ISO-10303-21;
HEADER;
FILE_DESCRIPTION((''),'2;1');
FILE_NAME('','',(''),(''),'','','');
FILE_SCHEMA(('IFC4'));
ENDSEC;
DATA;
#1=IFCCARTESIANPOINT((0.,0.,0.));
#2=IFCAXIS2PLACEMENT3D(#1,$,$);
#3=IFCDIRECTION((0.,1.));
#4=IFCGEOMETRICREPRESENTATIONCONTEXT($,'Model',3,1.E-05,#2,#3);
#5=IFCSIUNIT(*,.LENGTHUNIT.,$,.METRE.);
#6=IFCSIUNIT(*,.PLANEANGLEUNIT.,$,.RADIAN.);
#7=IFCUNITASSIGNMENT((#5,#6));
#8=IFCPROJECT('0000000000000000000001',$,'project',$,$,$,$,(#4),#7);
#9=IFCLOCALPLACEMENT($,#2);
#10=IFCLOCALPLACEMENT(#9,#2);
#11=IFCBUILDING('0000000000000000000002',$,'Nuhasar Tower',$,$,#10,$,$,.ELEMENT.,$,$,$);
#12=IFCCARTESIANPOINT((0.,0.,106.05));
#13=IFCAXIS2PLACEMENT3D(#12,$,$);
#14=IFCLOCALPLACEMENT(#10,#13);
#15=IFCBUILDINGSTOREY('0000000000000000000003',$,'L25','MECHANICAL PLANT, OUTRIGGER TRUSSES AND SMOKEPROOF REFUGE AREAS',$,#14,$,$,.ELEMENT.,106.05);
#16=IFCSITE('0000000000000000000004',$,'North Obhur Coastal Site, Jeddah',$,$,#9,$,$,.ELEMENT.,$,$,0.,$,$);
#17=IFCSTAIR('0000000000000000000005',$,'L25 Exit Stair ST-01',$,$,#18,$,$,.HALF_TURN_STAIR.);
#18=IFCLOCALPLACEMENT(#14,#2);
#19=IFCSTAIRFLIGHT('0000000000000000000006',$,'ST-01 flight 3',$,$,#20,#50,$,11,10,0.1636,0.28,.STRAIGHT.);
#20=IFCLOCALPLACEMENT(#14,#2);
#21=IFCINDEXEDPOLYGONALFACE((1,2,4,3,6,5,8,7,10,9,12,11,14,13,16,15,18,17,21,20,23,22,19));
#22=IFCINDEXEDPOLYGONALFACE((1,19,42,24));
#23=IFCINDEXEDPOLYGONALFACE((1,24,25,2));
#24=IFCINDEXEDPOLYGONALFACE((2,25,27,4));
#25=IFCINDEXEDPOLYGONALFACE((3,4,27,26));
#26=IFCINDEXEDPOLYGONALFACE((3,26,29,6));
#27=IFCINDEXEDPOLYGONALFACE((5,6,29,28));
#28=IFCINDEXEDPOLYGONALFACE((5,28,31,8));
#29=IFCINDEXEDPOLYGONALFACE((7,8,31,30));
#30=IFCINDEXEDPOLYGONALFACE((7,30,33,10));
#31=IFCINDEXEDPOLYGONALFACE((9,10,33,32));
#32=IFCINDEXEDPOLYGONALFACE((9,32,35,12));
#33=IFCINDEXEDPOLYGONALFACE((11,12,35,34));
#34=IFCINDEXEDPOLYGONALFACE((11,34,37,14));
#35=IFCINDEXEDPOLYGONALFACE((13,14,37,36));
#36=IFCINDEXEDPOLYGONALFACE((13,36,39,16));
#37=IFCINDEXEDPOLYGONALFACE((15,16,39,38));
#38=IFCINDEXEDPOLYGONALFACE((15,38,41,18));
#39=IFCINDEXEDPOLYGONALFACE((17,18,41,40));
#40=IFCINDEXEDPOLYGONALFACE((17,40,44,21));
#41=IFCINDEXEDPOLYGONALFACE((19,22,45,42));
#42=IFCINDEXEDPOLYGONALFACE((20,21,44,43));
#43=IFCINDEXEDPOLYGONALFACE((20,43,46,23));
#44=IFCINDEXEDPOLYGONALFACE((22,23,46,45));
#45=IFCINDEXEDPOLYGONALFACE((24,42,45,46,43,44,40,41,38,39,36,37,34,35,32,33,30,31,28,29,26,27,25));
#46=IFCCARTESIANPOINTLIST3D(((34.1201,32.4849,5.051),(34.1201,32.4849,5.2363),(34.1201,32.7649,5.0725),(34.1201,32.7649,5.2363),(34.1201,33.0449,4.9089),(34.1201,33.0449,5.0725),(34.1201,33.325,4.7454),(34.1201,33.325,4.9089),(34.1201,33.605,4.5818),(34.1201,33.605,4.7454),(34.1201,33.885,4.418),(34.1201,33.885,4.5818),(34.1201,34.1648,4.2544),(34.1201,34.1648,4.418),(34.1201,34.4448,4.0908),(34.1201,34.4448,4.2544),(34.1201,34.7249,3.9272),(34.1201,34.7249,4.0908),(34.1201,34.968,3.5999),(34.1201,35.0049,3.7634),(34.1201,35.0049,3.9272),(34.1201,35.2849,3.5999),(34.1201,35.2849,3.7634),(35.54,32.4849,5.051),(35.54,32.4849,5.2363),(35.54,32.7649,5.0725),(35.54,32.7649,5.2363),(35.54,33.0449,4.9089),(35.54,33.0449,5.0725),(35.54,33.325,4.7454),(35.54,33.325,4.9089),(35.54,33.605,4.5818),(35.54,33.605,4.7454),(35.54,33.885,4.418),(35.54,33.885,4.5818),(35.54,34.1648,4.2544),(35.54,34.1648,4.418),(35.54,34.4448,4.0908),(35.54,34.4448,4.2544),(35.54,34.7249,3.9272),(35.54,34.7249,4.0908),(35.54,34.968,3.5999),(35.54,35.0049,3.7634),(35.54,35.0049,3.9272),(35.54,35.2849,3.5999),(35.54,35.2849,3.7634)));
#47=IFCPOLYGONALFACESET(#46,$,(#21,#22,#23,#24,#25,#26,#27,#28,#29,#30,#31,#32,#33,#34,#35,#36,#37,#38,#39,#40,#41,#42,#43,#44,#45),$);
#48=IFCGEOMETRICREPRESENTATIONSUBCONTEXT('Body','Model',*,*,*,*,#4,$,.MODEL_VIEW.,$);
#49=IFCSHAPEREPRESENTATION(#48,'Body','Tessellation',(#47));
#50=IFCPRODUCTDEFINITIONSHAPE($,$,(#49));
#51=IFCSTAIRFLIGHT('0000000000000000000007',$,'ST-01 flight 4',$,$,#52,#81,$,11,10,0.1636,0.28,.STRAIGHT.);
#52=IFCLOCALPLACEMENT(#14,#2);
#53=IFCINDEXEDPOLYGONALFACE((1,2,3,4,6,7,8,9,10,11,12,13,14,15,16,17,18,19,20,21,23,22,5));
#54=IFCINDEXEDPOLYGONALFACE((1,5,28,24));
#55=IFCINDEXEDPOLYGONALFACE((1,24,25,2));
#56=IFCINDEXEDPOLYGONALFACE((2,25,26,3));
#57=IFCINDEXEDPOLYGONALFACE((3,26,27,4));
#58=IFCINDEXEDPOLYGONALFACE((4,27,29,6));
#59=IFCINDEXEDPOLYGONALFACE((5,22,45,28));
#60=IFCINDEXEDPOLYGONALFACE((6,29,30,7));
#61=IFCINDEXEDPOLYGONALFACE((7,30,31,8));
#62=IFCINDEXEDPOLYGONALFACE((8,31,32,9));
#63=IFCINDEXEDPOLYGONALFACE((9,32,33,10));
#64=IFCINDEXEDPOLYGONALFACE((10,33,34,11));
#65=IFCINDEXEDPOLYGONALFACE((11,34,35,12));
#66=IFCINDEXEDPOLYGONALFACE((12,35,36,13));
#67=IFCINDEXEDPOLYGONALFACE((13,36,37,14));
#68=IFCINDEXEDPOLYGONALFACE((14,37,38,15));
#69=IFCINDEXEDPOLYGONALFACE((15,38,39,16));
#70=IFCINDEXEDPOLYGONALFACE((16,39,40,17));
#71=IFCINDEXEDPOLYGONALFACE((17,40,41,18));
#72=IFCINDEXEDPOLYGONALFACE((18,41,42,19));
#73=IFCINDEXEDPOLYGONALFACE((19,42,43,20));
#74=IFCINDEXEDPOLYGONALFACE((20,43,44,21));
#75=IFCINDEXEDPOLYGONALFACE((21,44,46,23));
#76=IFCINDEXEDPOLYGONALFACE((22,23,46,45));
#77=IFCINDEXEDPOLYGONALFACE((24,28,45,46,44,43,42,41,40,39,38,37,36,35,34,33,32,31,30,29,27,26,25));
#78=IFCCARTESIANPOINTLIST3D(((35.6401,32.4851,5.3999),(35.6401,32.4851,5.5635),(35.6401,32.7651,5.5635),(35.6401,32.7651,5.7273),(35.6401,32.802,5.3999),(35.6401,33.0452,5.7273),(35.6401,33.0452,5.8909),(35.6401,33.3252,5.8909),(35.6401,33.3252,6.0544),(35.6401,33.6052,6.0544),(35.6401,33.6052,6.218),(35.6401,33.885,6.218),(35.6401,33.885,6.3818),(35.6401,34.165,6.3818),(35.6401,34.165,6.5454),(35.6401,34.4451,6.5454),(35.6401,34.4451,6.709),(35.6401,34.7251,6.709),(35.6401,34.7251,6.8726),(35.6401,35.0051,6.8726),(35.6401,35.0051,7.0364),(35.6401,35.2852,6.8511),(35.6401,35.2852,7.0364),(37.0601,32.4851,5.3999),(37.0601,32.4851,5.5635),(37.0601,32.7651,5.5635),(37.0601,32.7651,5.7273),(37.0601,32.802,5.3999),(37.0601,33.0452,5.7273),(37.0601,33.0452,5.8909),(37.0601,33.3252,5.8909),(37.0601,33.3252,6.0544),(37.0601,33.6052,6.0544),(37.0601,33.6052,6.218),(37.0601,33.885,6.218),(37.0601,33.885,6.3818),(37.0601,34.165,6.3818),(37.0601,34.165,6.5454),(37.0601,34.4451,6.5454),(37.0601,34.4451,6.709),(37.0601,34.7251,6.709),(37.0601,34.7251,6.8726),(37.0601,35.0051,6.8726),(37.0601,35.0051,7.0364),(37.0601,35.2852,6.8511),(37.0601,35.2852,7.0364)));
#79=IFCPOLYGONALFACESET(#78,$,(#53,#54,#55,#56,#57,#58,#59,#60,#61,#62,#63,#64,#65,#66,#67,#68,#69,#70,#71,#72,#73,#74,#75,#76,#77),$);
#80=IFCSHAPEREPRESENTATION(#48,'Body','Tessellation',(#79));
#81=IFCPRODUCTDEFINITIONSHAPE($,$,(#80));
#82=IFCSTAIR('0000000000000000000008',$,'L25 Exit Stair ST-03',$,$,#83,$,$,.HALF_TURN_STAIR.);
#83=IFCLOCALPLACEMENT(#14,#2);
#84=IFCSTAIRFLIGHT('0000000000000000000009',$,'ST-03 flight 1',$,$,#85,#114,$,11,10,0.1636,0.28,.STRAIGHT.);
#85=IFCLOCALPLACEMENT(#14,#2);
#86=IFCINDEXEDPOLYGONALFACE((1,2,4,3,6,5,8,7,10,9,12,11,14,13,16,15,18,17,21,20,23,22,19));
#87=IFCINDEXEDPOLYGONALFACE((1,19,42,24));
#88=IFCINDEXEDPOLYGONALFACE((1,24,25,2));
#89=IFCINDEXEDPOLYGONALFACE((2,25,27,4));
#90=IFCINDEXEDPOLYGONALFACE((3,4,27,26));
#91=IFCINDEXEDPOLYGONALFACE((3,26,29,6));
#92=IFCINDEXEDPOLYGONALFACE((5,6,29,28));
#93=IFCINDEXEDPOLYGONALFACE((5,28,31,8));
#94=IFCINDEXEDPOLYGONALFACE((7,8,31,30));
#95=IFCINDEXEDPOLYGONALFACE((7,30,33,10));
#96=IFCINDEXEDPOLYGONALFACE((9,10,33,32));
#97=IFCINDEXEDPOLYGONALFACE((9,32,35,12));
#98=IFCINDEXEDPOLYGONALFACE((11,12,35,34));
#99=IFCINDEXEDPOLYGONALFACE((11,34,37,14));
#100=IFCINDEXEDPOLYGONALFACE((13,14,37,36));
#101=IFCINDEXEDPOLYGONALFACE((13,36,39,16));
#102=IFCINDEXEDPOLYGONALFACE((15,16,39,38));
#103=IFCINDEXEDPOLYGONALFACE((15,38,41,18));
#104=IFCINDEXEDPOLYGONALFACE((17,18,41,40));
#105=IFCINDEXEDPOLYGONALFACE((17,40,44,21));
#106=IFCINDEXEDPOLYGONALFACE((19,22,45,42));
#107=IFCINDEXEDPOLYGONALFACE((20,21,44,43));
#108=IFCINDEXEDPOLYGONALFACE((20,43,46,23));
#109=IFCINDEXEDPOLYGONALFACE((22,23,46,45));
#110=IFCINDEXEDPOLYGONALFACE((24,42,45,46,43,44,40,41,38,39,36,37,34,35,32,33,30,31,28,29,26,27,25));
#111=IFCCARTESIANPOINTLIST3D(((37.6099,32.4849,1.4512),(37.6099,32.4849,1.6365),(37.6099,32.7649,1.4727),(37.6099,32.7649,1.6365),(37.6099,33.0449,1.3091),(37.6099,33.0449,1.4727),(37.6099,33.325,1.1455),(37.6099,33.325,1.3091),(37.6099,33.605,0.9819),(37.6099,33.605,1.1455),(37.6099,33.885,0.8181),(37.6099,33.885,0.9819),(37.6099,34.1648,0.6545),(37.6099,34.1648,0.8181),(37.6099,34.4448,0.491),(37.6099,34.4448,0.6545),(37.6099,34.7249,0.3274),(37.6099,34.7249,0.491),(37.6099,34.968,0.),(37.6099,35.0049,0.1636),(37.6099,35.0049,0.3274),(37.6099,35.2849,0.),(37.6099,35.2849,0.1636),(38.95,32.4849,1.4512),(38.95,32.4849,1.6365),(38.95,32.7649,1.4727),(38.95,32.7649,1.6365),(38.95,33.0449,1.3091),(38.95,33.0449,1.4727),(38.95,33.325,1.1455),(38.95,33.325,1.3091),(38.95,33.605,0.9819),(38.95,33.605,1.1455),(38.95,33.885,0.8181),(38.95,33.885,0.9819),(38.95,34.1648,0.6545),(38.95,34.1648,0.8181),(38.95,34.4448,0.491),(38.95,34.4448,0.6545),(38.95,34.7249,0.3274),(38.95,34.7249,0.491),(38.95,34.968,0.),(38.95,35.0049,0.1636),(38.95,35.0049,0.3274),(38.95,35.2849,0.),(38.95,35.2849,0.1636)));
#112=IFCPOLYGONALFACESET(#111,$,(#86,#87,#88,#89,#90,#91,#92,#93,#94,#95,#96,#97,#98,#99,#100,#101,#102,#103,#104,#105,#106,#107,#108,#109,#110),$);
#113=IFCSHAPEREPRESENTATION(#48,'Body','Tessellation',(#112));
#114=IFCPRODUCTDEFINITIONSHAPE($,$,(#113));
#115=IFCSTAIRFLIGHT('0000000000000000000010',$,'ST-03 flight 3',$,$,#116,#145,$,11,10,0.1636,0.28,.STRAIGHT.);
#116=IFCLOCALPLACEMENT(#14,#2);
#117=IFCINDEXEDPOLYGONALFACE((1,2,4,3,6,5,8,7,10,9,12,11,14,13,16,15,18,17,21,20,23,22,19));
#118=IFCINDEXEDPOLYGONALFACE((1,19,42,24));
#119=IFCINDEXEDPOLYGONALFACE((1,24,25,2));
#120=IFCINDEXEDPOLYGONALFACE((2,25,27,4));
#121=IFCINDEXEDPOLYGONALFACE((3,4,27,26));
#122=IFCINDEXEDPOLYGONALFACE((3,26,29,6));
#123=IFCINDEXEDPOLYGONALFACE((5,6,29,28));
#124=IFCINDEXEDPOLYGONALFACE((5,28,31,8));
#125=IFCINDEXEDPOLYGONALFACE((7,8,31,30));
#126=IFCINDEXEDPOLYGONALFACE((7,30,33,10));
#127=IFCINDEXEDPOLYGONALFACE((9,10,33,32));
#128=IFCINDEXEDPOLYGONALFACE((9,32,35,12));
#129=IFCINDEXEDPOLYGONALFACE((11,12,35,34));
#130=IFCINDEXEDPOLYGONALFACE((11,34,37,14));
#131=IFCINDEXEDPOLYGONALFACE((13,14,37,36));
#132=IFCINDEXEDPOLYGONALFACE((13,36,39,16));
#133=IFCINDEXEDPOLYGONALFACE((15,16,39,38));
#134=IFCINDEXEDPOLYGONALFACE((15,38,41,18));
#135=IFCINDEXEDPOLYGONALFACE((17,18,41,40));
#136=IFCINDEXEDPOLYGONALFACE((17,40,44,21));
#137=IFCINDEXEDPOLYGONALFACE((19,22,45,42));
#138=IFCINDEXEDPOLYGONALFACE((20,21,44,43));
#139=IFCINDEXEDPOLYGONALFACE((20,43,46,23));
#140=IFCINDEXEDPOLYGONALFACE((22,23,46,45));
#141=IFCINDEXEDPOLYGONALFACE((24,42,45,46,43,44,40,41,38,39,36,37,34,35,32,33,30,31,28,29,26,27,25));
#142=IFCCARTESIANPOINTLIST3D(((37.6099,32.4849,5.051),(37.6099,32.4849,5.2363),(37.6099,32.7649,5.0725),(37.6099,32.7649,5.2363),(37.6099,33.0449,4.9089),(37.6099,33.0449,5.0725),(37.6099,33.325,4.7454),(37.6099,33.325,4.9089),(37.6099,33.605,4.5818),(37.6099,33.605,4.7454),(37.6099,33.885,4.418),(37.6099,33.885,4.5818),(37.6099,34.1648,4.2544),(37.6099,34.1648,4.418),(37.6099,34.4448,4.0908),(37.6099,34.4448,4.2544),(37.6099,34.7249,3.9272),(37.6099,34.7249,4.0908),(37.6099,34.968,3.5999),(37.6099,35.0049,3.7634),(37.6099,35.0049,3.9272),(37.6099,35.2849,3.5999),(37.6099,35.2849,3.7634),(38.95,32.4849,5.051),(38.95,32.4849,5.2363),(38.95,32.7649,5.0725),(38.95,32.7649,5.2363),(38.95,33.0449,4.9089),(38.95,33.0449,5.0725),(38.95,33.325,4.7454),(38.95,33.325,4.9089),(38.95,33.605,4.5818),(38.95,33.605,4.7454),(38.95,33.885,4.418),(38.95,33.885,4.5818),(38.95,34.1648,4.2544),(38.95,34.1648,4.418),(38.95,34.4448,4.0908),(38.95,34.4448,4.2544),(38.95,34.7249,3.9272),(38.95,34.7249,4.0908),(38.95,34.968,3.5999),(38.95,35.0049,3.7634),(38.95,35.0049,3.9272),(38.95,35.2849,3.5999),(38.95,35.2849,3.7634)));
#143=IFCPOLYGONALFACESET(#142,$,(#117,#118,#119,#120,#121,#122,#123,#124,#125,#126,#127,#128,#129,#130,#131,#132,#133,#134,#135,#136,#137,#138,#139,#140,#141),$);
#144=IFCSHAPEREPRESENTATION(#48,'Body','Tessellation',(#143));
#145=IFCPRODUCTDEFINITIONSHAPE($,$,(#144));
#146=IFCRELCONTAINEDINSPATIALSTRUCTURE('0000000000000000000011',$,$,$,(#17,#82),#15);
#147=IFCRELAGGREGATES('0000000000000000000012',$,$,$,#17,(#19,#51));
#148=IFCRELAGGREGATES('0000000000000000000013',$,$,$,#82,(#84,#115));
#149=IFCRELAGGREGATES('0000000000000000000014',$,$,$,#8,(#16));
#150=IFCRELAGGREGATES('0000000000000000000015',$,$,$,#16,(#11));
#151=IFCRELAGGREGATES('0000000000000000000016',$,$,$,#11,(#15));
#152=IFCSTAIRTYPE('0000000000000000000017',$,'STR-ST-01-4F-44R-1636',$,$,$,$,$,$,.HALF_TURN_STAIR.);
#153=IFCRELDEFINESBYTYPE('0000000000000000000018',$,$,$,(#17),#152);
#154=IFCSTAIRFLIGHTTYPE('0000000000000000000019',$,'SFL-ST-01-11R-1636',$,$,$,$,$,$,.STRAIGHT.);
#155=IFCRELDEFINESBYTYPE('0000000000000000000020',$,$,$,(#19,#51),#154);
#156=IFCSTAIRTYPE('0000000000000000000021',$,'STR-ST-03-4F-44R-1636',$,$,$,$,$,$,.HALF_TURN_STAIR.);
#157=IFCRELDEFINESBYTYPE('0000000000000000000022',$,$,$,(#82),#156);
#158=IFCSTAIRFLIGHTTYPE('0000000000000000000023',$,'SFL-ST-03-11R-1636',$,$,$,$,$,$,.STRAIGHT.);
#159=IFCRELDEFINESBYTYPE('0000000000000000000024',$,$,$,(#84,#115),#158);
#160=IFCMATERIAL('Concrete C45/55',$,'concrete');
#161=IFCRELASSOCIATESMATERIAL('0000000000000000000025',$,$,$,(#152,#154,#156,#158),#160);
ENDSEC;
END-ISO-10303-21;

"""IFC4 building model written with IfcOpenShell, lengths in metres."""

from ifc_helpers import new_model, si_unit, direction, frame, origin, place, context, subcontext, project, spatial, polyline, outline, extrude, material, type_object, element, aggregate, save


model = new_model("IFC4")

# Units and contexts
model_context = context("Model", 3, precision=1e-05, world=origin(), true_north=direction((0.0, 1.0)))
body_context = subcontext(model_context, "Body", "Model", "MODEL_VIEW")
ifc_project = project(units=[si_unit("LENGTHUNIT", "METRE"), si_unit("PLANEANGLEUNIT", "RADIAN")], contexts=[model_context])

# Site, building, storey
site_placement = place(None, origin())
site = spatial("IfcSite", under=ifc_project, at=site_placement, Name="North Obhur Coastal Site, Jeddah", CompositionType="ELEMENT", RefElevation=0.0)
building_placement = place(site_placement, origin())
building = spatial("IfcBuilding", under=site, at=building_placement, Name="Nuhasar Tower", CompositionType="ELEMENT")
storey_placement = place(building_placement, frame((0.0, 0.0, 106.05)))
storey = spatial("IfcBuildingStorey", under=building, at=storey_placement, Name="L25", Description="MECHANICAL PLANT, OUTRIGGER TRUSSES AND SMOKEPROOF REFUGE AREAS", CompositionType="ELEMENT", Elevation=106.05)

# Stairs, stair flights
ifc_material_1 = material(Name="Concrete C45/55", Category="concrete")
stair_type_1 = type_object("IfcStairType", Name="STR-ST-01-4F-44R-1636", PredefinedType="HALF_TURN_STAIR", material=ifc_material_1)
stair_1_placement = place(storey_placement, origin())
stair_1 = element("IfcStair", 1, at=stair_1_placement, inside=storey, type_object=stair_type_1, Name="L25 Exit Stair ST-01", PredefinedType="HALF_TURN_STAIR")
stair_flight_type_1 = type_object("IfcStairFlightType", Name="SFL-ST-01-11R-1636", PredefinedType="STRAIGHT", material=ifc_material_1)
stair_flight_1_placement = place(storey_placement, frame((34.8301, 35.2849, 3.5999), z_axis=(0.0, 0.0, 1.0), x_axis=(0.0, -1.0, 0.0)))
stair_flight_1 = element("IfcStairFlight", 2, at=stair_flight_1_placement, type_object=stair_flight_type_1, Name="ST-01 flight 3", NumberOfRisers=11, NumberOfTreads=10, PredefinedType="STRAIGHT", RiserHeight=0.1636, TreadLength=0.28, context=body_context, shape_type="SweptSolid", body=[
    extrude(outline(polyline([(0.0, 0.0), (0.0, 0.1636), (0.28, 0.1636), (0.28, 0.3274), (0.5601, 0.3274), (0.5601, 0.491), (0.8401, 0.491), (0.8401, 0.6545), (1.1201, 0.6545), (1.1201, 0.8181), (1.3999, 0.8181), (1.3999, 0.9819), (1.6799, 0.9819), (1.6799, 1.1455), (1.96, 1.1455), (1.96, 1.3091), (2.24, 1.3091), (2.24, 1.4727), (2.52, 1.4727), (2.52, 1.6365), (2.8, 1.6365), (2.8, 1.8), (2.8, 1.4512), (0.3169, 0.0), (0.0, 0.0)])), frame((0.0, 0.71, 0.0), z_axis=(0.0, -1.0, 0.0), x_axis=(1.0, 0.0, 0.0)), (0.0, 0.0, 1.0), 1.4199),
])
stair_flight_2_placement = place(storey_placement, frame((36.3501, 32.4851, 5.3999), z_axis=(0.0, 0.0, 1.0), x_axis=(0.0, 1.0, 0.0)))
stair_flight_2 = element("IfcStairFlight", 3, at=stair_flight_2_placement, type_object=stair_flight_type_1, Name="ST-01 flight 4", NumberOfRisers=11, NumberOfTreads=10, PredefinedType="STRAIGHT", RiserHeight=0.1636, TreadLength=0.28, context=body_context, shape_type="SweptSolid", body=[
    extrude(outline(polyline([(0.0, 0.0), (0.0, 0.1636), (0.28, 0.1636), (0.28, 0.3274), (0.5601, 0.3274), (0.5601, 0.491), (0.8401, 0.491), (0.8401, 0.6545), (1.1201, 0.6545), (1.1201, 0.8181), (1.3999, 0.8181), (1.3999, 0.9819), (1.6799, 0.9819), (1.6799, 1.1455), (1.96, 1.1455), (1.96, 1.3091), (2.24, 1.3091), (2.24, 1.4727), (2.52, 1.4727), (2.52, 1.6365), (2.8, 1.6365), (2.8, 1.8), (2.8, 1.4512), (0.3169, 0.0), (0.0, 0.0)])), frame((0.0, 0.71, 0.0), z_axis=(0.0, -1.0, 0.0), x_axis=(1.0, 0.0, 0.0)), (0.0, 0.0, 1.0), 1.4199),
])
aggregate(stair_1, [stair_flight_1, stair_flight_2])
stair_type_2 = type_object("IfcStairType", Name="STR-ST-03-4F-44R-1636", PredefinedType="HALF_TURN_STAIR", material=ifc_material_1)
stair_2_placement = place(storey_placement, origin())
stair_2 = element("IfcStair", 4, at=stair_2_placement, inside=storey, type_object=stair_type_2, Name="L25 Exit Stair ST-03", PredefinedType="HALF_TURN_STAIR")
stair_flight_type_2 = type_object("IfcStairFlightType", Name="SFL-ST-03-11R-1636", PredefinedType="STRAIGHT", material=ifc_material_1)
stair_flight_3_placement = place(storey_placement, frame((38.28, 35.2849, 0.0), z_axis=(0.0, 0.0, 1.0), x_axis=(0.0, -1.0, 0.0)))
stair_flight_3 = element("IfcStairFlight", 5, at=stair_flight_3_placement, type_object=stair_flight_type_2, Name="ST-03 flight 1", NumberOfRisers=11, NumberOfTreads=10, PredefinedType="STRAIGHT", RiserHeight=0.1636, TreadLength=0.28, context=body_context, shape_type="SweptSolid", body=[
    extrude(outline(polyline([(0.0, 0.0), (0.0, 0.1636), (0.28, 0.1636), (0.28, 0.3274), (0.5601, 0.3274), (0.5601, 0.491), (0.8401, 0.491), (0.8401, 0.6545), (1.1201, 0.6545), (1.1201, 0.8181), (1.3999, 0.8181), (1.3999, 0.9819), (1.6799, 0.9819), (1.6799, 1.1455), (1.96, 1.1455), (1.96, 1.3091), (2.24, 1.3091), (2.24, 1.4727), (2.52, 1.4727), (2.52, 1.6365), (2.8, 1.6365), (2.8, 1.8), (2.8, 1.4512), (0.3169, 0.0), (0.0, 0.0)])), frame((0.0, 0.6699, 0.0), z_axis=(0.0, -1.0, 0.0), x_axis=(1.0, 0.0, 0.0)), (0.0, 0.0, 1.0), 1.3401),
])
stair_flight_4_placement = place(storey_placement, frame((38.28, 35.2849, 3.5999), z_axis=(0.0, 0.0, 1.0), x_axis=(0.0, -1.0, 0.0)))
stair_flight_4 = element("IfcStairFlight", 6, at=stair_flight_4_placement, type_object=stair_flight_type_2, Name="ST-03 flight 3", NumberOfRisers=11, NumberOfTreads=10, PredefinedType="STRAIGHT", RiserHeight=0.1636, TreadLength=0.28, context=body_context, shape_type="SweptSolid", body=[
    extrude(outline(polyline([(0.0, 0.0), (0.0, 0.1636), (0.28, 0.1636), (0.28, 0.3274), (0.5601, 0.3274), (0.5601, 0.491), (0.8401, 0.491), (0.8401, 0.6545), (1.1201, 0.6545), (1.1201, 0.8181), (1.3999, 0.8181), (1.3999, 0.9819), (1.6799, 0.9819), (1.6799, 1.1455), (1.96, 1.1455), (1.96, 1.3091), (2.24, 1.3091), (2.24, 1.4727), (2.52, 1.4727), (2.52, 1.6365), (2.8, 1.6365), (2.8, 1.8), (2.8, 1.4512), (0.3169, 0.0), (0.0, 0.0)])), frame((0.0, 0.6699, 0.0), z_axis=(0.0, -1.0, 0.0), x_axis=(1.0, 0.0, 0.0)), (0.0, 0.0, 1.0), 1.3401),
])
aggregate(stair_2, [stair_flight_3, stair_flight_4])

save(model, "model.ifc")
